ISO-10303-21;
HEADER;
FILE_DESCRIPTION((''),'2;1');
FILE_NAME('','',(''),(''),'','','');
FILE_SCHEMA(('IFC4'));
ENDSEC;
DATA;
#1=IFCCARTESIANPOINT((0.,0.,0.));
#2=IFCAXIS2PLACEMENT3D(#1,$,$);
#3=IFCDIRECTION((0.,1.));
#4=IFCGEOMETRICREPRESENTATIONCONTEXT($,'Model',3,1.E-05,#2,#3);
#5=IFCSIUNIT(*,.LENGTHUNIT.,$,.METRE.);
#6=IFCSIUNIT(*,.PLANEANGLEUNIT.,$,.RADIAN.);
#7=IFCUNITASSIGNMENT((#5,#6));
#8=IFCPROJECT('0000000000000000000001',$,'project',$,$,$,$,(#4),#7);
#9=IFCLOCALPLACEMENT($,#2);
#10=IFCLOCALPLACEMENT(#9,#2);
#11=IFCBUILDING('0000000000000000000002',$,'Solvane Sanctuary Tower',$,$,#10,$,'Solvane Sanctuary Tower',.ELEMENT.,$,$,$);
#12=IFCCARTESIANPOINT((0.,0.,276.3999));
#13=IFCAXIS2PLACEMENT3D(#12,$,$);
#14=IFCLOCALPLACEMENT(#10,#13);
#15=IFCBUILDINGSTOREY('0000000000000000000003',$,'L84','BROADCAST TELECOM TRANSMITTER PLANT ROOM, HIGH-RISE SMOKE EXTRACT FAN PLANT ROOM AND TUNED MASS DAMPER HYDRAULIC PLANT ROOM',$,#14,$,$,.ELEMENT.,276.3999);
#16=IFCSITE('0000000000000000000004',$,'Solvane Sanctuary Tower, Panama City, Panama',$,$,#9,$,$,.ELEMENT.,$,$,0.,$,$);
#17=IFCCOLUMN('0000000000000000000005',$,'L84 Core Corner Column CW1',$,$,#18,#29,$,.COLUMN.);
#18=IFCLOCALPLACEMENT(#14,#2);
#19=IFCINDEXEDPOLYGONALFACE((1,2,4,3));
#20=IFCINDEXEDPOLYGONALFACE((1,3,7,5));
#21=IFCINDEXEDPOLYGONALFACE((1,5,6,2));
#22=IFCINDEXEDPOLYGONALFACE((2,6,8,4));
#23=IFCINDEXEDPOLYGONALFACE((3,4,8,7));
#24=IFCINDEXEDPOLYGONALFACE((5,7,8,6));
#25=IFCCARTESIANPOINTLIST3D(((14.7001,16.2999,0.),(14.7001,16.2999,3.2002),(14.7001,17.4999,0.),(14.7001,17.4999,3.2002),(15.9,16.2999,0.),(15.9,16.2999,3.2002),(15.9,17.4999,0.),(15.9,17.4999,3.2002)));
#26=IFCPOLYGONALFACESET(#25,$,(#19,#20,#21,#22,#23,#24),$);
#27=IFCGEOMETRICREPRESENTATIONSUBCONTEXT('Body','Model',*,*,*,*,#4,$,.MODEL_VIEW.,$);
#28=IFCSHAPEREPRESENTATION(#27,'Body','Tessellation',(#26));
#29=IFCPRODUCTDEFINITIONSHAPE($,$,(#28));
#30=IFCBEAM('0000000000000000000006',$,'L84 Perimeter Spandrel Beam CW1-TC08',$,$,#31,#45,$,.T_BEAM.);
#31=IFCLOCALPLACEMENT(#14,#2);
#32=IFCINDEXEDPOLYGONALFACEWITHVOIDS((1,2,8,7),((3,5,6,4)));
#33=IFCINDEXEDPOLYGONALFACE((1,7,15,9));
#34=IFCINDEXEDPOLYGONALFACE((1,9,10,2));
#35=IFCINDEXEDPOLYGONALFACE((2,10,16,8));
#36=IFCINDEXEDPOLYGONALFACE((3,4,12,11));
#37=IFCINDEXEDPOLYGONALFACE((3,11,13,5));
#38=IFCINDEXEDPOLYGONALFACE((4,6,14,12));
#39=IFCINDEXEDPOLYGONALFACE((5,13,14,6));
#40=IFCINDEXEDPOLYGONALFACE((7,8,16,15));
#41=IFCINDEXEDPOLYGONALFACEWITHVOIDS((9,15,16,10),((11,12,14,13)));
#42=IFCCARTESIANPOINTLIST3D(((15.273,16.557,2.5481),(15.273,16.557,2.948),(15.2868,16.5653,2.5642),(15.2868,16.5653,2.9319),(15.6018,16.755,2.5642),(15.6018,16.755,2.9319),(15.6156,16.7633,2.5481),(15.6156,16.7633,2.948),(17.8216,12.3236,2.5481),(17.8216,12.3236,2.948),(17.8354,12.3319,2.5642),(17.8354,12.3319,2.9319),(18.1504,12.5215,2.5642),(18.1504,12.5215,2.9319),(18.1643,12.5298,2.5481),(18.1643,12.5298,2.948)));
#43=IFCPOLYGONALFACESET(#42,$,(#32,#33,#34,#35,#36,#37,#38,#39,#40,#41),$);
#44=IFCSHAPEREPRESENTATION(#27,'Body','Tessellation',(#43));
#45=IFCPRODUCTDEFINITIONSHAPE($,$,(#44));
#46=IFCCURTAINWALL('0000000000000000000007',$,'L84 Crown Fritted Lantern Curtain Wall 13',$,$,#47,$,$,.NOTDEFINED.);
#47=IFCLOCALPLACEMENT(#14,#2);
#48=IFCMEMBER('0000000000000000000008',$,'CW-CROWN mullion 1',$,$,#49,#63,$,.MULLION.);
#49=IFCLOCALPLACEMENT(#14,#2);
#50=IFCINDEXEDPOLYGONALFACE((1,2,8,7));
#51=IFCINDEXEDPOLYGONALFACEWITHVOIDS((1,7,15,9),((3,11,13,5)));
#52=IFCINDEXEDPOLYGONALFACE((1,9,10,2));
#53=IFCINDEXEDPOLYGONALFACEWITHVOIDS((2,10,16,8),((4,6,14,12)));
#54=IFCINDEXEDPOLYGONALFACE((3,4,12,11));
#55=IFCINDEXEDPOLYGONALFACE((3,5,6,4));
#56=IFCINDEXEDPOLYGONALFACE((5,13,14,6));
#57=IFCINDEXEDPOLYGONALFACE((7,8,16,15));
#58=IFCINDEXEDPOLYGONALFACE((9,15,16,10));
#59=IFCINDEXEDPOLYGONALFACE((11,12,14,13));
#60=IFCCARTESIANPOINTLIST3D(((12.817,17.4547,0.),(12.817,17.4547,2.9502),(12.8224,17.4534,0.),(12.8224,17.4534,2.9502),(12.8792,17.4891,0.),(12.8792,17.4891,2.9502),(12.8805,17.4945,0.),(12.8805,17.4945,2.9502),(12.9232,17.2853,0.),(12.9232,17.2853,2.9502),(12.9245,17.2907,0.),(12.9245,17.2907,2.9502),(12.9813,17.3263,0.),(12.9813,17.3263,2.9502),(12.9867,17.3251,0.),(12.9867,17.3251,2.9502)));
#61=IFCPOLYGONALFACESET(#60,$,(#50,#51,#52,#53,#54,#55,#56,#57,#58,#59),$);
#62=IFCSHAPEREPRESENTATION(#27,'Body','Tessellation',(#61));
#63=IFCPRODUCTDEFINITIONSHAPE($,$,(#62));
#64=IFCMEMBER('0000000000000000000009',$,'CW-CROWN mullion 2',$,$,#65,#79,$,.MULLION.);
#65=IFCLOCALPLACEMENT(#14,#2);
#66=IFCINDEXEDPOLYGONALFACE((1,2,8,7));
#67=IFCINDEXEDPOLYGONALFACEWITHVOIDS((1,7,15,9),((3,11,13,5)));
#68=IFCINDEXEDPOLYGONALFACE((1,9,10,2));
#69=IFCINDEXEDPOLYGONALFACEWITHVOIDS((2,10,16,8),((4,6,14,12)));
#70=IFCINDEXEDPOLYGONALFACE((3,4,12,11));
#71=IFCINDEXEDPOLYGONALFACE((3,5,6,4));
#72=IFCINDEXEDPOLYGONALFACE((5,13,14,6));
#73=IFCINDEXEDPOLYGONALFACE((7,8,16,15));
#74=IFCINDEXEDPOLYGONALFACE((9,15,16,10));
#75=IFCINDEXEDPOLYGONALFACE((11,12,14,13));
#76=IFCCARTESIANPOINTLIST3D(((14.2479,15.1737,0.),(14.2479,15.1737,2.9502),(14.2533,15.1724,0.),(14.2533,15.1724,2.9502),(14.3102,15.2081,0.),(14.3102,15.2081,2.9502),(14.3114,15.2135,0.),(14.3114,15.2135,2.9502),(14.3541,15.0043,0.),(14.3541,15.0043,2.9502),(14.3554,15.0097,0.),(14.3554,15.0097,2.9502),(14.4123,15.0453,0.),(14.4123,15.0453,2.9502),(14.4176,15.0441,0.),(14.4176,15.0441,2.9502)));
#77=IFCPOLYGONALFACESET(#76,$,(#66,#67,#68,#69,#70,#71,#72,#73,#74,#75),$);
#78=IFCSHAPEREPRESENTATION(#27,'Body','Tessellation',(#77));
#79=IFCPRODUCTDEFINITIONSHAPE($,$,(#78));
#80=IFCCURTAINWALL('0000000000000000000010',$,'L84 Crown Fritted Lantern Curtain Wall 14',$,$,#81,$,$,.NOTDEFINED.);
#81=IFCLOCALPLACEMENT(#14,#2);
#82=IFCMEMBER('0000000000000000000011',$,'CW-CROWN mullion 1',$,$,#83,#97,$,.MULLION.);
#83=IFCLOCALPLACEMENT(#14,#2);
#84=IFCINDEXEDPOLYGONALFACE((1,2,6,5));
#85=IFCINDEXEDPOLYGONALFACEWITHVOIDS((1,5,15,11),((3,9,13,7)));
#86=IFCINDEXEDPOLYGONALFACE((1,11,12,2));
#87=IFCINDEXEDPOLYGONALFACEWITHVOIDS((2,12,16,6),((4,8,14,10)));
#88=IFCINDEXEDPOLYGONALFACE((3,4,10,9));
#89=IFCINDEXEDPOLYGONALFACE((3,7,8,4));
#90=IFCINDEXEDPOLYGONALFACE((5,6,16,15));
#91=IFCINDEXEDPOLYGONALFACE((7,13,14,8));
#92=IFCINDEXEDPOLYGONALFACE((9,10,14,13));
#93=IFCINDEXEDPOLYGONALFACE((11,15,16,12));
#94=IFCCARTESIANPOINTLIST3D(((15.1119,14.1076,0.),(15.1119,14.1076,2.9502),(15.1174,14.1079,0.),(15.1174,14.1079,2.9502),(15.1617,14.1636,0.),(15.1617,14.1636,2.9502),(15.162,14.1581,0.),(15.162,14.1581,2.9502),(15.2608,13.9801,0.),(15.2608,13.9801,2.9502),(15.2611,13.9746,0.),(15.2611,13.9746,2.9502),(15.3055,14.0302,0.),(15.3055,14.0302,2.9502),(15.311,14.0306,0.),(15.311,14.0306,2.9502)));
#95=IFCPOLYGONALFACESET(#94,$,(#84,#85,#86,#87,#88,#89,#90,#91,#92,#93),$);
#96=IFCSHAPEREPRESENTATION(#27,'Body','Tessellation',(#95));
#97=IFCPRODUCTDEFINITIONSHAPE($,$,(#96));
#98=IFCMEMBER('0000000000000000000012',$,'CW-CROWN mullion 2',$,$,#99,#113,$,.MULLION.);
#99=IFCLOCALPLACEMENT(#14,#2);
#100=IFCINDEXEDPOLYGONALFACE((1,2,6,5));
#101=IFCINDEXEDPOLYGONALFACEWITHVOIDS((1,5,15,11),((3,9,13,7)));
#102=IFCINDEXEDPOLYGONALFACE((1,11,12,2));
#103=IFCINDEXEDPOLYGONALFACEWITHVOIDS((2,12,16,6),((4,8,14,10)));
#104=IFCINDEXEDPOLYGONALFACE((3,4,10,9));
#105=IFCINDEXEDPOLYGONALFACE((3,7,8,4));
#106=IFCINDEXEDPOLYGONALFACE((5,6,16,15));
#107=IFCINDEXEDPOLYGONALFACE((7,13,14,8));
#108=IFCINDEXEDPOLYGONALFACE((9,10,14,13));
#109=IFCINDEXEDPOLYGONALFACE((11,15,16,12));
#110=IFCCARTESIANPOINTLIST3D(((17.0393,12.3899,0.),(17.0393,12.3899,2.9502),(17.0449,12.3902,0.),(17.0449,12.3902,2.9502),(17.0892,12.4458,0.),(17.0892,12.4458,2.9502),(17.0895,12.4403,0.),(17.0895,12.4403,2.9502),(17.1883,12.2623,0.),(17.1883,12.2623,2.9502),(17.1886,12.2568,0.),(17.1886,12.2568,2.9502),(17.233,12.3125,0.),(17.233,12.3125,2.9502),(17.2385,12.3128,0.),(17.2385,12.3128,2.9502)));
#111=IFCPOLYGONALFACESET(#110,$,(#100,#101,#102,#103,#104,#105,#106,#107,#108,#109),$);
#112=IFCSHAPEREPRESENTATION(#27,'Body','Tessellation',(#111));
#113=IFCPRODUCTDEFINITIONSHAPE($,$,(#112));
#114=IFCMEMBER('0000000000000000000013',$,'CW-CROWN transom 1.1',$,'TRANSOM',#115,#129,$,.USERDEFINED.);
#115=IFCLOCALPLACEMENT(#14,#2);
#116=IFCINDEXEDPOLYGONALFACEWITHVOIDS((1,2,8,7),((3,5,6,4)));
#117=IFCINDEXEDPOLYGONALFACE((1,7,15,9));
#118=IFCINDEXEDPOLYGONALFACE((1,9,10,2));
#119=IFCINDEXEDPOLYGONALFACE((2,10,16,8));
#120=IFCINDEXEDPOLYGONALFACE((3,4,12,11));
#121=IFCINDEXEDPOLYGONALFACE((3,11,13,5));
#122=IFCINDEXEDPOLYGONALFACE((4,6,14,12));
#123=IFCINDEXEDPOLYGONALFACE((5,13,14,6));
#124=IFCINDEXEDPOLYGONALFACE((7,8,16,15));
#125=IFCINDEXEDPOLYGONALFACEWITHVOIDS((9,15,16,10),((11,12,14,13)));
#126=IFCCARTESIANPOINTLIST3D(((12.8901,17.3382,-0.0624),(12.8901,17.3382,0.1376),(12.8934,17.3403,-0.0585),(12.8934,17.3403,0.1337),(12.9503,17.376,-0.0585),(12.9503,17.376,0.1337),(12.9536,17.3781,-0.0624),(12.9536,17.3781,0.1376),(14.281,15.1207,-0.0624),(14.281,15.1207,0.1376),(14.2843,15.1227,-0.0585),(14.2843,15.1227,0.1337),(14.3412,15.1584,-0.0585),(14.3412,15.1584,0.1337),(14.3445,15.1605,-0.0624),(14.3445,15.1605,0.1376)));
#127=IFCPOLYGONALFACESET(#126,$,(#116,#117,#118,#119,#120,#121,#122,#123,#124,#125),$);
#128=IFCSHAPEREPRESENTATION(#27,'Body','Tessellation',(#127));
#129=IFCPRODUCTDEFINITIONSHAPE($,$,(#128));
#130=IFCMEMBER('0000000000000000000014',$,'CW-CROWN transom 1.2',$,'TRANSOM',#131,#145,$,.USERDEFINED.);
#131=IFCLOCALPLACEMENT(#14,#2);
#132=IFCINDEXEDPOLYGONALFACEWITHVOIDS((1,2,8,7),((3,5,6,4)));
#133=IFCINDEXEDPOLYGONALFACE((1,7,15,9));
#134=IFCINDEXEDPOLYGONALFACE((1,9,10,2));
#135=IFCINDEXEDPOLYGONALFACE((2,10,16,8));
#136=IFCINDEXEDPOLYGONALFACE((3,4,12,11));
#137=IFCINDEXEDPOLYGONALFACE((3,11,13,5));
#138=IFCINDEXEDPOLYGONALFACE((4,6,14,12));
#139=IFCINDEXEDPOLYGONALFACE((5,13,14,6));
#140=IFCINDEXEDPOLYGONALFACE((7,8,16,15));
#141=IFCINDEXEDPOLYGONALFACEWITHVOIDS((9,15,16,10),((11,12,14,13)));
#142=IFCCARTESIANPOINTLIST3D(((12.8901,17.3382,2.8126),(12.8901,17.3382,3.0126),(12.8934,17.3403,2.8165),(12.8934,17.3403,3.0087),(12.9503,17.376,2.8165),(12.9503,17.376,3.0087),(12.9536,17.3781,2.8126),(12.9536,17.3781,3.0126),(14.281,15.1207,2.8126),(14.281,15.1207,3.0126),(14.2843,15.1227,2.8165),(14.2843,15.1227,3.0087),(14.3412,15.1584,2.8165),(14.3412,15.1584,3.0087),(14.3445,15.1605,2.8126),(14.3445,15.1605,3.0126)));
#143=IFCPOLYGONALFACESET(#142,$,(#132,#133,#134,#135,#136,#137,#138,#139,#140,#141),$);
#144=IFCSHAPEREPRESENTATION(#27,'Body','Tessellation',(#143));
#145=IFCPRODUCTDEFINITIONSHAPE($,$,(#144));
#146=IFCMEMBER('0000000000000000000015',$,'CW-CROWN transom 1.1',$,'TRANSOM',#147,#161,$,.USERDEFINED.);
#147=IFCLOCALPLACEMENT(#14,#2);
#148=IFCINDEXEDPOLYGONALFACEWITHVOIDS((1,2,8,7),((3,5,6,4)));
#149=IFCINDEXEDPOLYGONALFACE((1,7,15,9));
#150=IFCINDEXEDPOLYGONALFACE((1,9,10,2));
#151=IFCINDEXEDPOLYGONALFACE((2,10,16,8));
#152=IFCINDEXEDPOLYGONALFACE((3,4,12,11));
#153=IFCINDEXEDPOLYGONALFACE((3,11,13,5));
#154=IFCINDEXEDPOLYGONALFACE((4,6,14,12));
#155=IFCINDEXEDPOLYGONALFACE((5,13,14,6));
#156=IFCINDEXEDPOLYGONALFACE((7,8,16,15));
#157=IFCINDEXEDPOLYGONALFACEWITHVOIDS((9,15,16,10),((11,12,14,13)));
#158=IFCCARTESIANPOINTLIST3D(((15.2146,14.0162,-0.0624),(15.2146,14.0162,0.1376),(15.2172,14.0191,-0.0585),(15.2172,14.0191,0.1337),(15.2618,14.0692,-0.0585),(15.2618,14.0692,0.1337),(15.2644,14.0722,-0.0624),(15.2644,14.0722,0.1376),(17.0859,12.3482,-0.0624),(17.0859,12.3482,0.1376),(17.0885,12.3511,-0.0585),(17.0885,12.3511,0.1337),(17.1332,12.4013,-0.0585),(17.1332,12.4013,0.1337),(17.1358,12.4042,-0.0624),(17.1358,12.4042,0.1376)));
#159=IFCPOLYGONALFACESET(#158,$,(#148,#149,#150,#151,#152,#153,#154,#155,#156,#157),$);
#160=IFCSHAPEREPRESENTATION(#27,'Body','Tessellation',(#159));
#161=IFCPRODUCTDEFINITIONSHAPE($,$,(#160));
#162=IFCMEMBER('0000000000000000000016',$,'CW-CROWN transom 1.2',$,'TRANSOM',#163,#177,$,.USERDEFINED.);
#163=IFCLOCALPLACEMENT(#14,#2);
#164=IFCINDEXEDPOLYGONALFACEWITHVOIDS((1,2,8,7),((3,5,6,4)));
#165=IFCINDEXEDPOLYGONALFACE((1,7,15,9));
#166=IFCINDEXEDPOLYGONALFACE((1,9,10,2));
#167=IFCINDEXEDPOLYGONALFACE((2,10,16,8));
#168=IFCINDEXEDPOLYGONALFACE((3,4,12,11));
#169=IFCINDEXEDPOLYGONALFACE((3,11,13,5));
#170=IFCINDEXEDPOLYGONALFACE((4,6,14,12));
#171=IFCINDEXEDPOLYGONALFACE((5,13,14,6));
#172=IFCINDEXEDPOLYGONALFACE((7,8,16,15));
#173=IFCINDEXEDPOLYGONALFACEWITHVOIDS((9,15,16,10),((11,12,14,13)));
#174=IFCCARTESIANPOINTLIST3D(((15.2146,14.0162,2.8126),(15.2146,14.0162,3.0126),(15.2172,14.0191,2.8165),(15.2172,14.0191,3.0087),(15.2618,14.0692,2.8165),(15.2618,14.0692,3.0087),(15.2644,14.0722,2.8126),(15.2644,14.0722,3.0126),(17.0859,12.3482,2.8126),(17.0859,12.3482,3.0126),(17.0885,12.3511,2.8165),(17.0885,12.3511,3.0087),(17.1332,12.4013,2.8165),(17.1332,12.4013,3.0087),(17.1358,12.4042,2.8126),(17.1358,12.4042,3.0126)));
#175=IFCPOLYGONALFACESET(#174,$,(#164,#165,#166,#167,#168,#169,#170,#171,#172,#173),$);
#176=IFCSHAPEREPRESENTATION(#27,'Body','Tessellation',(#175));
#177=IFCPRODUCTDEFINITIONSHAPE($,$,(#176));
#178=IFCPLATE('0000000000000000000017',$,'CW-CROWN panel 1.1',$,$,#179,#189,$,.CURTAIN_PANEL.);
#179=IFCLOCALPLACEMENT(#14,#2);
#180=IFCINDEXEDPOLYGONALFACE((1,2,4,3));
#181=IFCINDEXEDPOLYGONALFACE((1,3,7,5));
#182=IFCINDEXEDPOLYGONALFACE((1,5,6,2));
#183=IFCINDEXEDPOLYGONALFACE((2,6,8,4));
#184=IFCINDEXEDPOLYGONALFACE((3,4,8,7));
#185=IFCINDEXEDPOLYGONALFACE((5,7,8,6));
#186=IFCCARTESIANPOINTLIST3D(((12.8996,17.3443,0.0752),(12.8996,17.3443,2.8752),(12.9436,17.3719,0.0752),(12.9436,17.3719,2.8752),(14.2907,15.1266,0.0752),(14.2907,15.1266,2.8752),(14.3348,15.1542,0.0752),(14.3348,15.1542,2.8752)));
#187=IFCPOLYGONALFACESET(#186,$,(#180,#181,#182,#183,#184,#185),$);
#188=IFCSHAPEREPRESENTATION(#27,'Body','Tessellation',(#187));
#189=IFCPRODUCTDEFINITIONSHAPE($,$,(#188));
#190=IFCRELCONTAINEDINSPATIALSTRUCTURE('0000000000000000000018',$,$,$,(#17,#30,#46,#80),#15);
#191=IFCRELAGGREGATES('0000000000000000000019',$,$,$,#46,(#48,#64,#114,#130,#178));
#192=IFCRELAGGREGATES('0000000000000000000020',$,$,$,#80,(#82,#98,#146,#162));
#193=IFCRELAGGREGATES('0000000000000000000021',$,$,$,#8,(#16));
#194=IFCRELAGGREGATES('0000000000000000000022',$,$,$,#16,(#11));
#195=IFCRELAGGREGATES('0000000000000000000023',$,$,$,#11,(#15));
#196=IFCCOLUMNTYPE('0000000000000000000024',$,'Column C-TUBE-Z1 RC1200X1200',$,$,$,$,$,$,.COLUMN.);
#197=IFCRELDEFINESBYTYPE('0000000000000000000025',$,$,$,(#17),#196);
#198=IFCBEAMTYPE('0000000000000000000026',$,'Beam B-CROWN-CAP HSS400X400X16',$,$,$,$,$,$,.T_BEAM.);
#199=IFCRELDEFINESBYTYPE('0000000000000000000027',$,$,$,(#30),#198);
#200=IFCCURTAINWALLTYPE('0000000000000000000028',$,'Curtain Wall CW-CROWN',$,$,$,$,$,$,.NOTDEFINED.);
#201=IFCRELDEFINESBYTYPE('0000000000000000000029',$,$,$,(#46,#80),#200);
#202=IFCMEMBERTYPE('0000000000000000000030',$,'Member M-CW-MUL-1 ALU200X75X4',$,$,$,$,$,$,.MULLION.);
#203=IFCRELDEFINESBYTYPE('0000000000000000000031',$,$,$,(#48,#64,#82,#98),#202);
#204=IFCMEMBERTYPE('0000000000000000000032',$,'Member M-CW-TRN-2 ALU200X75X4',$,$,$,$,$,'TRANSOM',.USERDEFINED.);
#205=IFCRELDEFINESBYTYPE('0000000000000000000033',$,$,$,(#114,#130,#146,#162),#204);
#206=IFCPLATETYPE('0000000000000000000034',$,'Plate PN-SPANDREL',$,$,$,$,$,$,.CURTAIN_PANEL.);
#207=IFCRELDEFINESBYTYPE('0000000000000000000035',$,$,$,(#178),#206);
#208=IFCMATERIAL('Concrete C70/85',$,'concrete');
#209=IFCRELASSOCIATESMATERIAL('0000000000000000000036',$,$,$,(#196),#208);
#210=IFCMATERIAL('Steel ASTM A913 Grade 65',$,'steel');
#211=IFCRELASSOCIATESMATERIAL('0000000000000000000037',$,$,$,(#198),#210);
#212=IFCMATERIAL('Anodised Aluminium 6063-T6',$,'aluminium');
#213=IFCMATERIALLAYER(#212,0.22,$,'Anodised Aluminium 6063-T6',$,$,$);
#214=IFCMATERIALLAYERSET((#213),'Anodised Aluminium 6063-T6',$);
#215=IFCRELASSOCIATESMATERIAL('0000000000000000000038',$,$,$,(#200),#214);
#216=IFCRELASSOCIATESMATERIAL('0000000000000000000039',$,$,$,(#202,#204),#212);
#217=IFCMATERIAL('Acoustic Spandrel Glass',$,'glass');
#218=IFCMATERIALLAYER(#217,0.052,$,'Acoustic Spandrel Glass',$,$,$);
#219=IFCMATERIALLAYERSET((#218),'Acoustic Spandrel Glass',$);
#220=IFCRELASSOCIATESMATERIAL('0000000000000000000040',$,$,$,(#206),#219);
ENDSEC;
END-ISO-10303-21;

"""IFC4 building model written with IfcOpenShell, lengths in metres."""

from ifc_helpers import new_model, si_unit, direction, frame, origin, origin_2d, place, context, subcontext, project, spatial, rectangle, hollow_rectangle, extrude, material, layer, layer_set, material_profile, profile_set, type_object, element, aggregate, save


model = new_model("IFC4")

# Units and contexts
model_context = context("Model", 3, precision=1e-05, world=origin(), true_north=direction((0.0, 1.0)))
body_context = subcontext(model_context, "Body", "Model", "MODEL_VIEW")
ifc_project = project(units=[si_unit("LENGTHUNIT", "METRE"), si_unit("PLANEANGLEUNIT", "RADIAN")], contexts=[model_context])

# Site, building, storey
site_placement = place(None, origin())
site = spatial("IfcSite", under=ifc_project, at=site_placement, Name="Solvane Sanctuary Tower, Panama City, Panama", CompositionType="ELEMENT", RefElevation=0.0)
building_placement = place(site_placement, origin())
building = spatial("IfcBuilding", under=site, at=building_placement, Name="Solvane Sanctuary Tower", LongName="Solvane Sanctuary Tower", CompositionType="ELEMENT")
storey_placement = place(building_placement, frame((0.0, 0.0, 276.3999)))
storey = spatial("IfcBuildingStorey", under=building, at=storey_placement, Name="L84", Description="BROADCAST TELECOM TRANSMITTER PLANT ROOM, HIGH-RISE SMOKE EXTRACT FAN PLANT ROOM AND TUNED MASS DAMPER HYDRAULIC PLANT ROOM", CompositionType="ELEMENT", Elevation=276.3999)

# Column
ifc_material_1 = material(Name="Concrete C70/85", Category="concrete")
ifc_material_profile_1 = material_profile(ifc_material_1, rectangle(XDim=1.2, YDim=1.2, at=origin_2d()), Name="RC1200X1200")
ifc_profile_set_1 = profile_set([ifc_material_profile_1], Name="Concrete C70/85")
column_type = type_object("IfcColumnType", Name="Column C-TUBE-Z1 RC1200X1200", PredefinedType="COLUMN", material=ifc_profile_set_1)
column_placement = place(storey_placement, frame((15.3, 16.8999, 0.0), z_axis=(0.0, 0.0, 1.0), x_axis=(1.0, 0.0, 0.0)))
element("IfcColumn", 1, at=column_placement, inside=storey, type_object=column_type, Name="L84 Core Corner Column CW1", PredefinedType="COLUMN", context=body_context, shape_type="SweptSolid", body=[
    extrude(rectangle(XDim=1.2, YDim=1.2, at=origin_2d()), origin(), (0.0, 0.0, 1.0), 3.2002),
])

# Beam
ifc_material_2 = material(Name="Steel ASTM A913 Grade 65", Category="steel")
ifc_material_profile_2 = material_profile(ifc_material_2, hollow_rectangle(XDim=0.3999, YDim=0.3999, WallThickness=0.0161, at=origin_2d()), Name="HSS400X400X16")
ifc_profile_set_2 = profile_set([ifc_material_profile_2], Name="Steel ASTM A913 Grade 65")
beam_type = type_object("IfcBeamType", Name="Beam B-CROWN-CAP HSS400X400X16", PredefinedType="T_BEAM", material=ifc_profile_set_2)
beam_placement = place(storey_placement, frame((15.4443, 16.6602, 2.748), z_axis=(0.515767, -0.856729, 0.0), x_axis=(0.856729, 0.515767, 0.0)))
element("IfcBeam", 2, at=beam_placement, inside=storey, type_object=beam_type, Name="L84 Perimeter Spandrel Beam CW1-TC08", PredefinedType="T_BEAM", context=body_context, shape_type="SweptSolid", body=[
    extrude(hollow_rectangle(XDim=0.3999, YDim=0.3999, WallThickness=0.0161, at=origin_2d()), origin(), (0.0, 0.0, 1.0), 4.9414),
])

# Curtain walls, members
ifc_material_3 = material(Name="Anodised Aluminium 6063-T6", Category="aluminium")
ifc_layer_1 = layer(ifc_material_3, 0.22, Name="Anodised Aluminium 6063-T6")
ifc_layer_set_1 = layer_set([ifc_layer_1], Name="Anodised Aluminium 6063-T6")
curtain_wall_type = type_object("IfcCurtainWallType", Name="Curtain Wall CW-CROWN", PredefinedType="NOTDEFINED", material=ifc_layer_set_1)
curtain_wall_1_placement = place(storey_placement, origin())
curtain_wall_1 = element("IfcCurtainWall", 3, at=curtain_wall_1_placement, inside=storey, type_object=curtain_wall_type, Name="L84 Crown Fritted Lantern Curtain Wall 13", PredefinedType="NOTDEFINED")
ifc_material_profile_3 = material_profile(ifc_material_3, hollow_rectangle(XDim=0.075, YDim=0.2, WallThickness=0.0039, at=origin_2d()), Name="ALU200X75X4")
ifc_profile_set_3 = profile_set([ifc_material_profile_3], Name="Anodised Aluminium 6063-T6")
member_type_1 = type_object("IfcMemberType", Name="Member M-CW-MUL-1 ALU200X75X4", PredefinedType="MULLION", material=ifc_profile_set_3)
member_1_placement = place(storey_placement, frame((12.9019, 17.3899, 0.0), z_axis=(0.0, 0.0, 1.0), x_axis=(0.847126, 0.531391, 0.0)))
member_1 = element("IfcMember", 4, at=member_1_placement, type_object=member_type_1, Name="CW-CROWN mullion 1", PredefinedType="MULLION", context=body_context, shape_type="SweptSolid", body=[
    extrude(hollow_rectangle(XDim=0.075, YDim=0.2, WallThickness=0.0039, at=origin_2d()), origin(), (0.0, 0.0, 1.0), 2.9502),
])
member_2_placement = place(storey_placement, frame((14.3328, 15.1089, 0.0), z_axis=(0.0, 0.0, 1.0), x_axis=(0.847126, 0.531391, 0.0)))
member_2 = element("IfcMember", 5, at=member_2_placement, type_object=member_type_1, Name="CW-CROWN mullion 2", PredefinedType="MULLION", context=body_context, shape_type="SweptSolid", body=[
    extrude(hollow_rectangle(XDim=0.075, YDim=0.2, WallThickness=0.0039, at=origin_2d()), origin(), (0.0, 0.0, 1.0), 2.9502),
])
curtain_wall_2_placement = place(storey_placement, origin())
curtain_wall_2 = element("IfcCurtainWall", 6, at=curtain_wall_2_placement, inside=storey, type_object=curtain_wall_type, Name="L84 Crown Fritted Lantern Curtain Wall 14", PredefinedType="NOTDEFINED")
member_3_placement = place(storey_placement, frame((15.2114, 14.0691, 0.0), z_axis=(0.0, 0.0, 1.0), x_axis=(0.665328, 0.746551, 0.0)))
member_3 = element("IfcMember", 7, at=member_3_placement, type_object=member_type_1, Name="CW-CROWN mullion 1", PredefinedType="MULLION", context=body_context, shape_type="SweptSolid", body=[
    extrude(hollow_rectangle(XDim=0.075, YDim=0.2, WallThickness=0.0039, at=origin_2d()), origin(), (0.0, 0.0, 1.0), 2.9502),
])
member_4_placement = place(storey_placement, frame((17.1389, 12.3513, 0.0), z_axis=(0.0, 0.0, 1.0), x_axis=(0.665328, 0.746551, 0.0)))
member_4 = element("IfcMember", 8, at=member_4_placement, type_object=member_type_1, Name="CW-CROWN mullion 2", PredefinedType="MULLION", context=body_context, shape_type="SweptSolid", body=[
    extrude(hollow_rectangle(XDim=0.075, YDim=0.2, WallThickness=0.0039, at=origin_2d()), origin(), (0.0, 0.0, 1.0), 2.9502),
])

# Members
ifc_material_profile_4 = material_profile(ifc_material_3, hollow_rectangle(XDim=0.075, YDim=0.2, WallThickness=0.0039, at=origin_2d()), Name="ALU200X75X4")
ifc_profile_set_4 = profile_set([ifc_material_profile_4], Name="Anodised Aluminium 6063-T6")
member_type_2 = type_object("IfcMemberType", Name="Member M-CW-TRN-2 ALU200X75X4", ElementType="TRANSOM", PredefinedType="USERDEFINED", material=ifc_profile_set_4)
member_5_placement = place(storey_placement, frame((12.9219, 17.3582, 0.0376), z_axis=(0.531348, -0.847154, 0.0), x_axis=(0.847154, 0.531348, 0.0)))
member_5 = element("IfcMember", 9, at=member_5_placement, type_object=member_type_2, Name="CW-CROWN transom 1.1", ObjectType="TRANSOM", PredefinedType="USERDEFINED", context=body_context, shape_type="SweptSolid", body=[
    extrude(hollow_rectangle(XDim=0.075, YDim=0.2, WallThickness=0.0039, at=origin_2d()), origin(), (0.0, 0.0, 1.0), 2.6177),
])
member_6_placement = place(storey_placement, frame((12.9219, 17.3582, 2.9126), z_axis=(0.531348, -0.847154, 0.0), x_axis=(0.847154, 0.531348, 0.0)))
member_6 = element("IfcMember", 10, at=member_6_placement, type_object=member_type_2, Name="CW-CROWN transom 1.2", ObjectType="TRANSOM", PredefinedType="USERDEFINED", context=body_context, shape_type="SweptSolid", body=[
    extrude(hollow_rectangle(XDim=0.075, YDim=0.2, WallThickness=0.0039, at=origin_2d()), origin(), (0.0, 0.0, 1.0), 2.6177),
])
member_7_placement = place(storey_placement, frame((15.2395, 14.0442, 0.0376), z_axis=(0.746506, -0.665379, 0.0), x_axis=(0.665379, 0.746506, 0.0)))
member_7 = element("IfcMember", 11, at=member_7_placement, type_object=member_type_2, Name="CW-CROWN transom 1.1", ObjectType="TRANSOM", PredefinedType="USERDEFINED", context=body_context, shape_type="SweptSolid", body=[
    extrude(hollow_rectangle(XDim=0.075, YDim=0.2, WallThickness=0.0039, at=origin_2d()), origin(), (0.0, 0.0, 1.0), 2.5068),
])
member_8_placement = place(storey_placement, frame((15.2395, 14.0442, 2.9126), z_axis=(0.746506, -0.665379, 0.0), x_axis=(0.665379, 0.746506, 0.0)))
member_8 = element("IfcMember", 12, at=member_8_placement, type_object=member_type_2, Name="CW-CROWN transom 1.2", ObjectType="TRANSOM", PredefinedType="USERDEFINED", context=body_context, shape_type="SweptSolid", body=[
    extrude(hollow_rectangle(XDim=0.075, YDim=0.2, WallThickness=0.0039, at=origin_2d()), origin(), (0.0, 0.0, 1.0), 2.5068),
])

# Plate
ifc_material_4 = material(Name="Acoustic Spandrel Glass", Category="glass")
ifc_layer_2 = layer(ifc_material_4, 0.052, Name="Acoustic Spandrel Glass")
ifc_layer_set_2 = layer_set([ifc_layer_2], Name="Acoustic Spandrel Glass")
plate_type = type_object("IfcPlateType", Name="Plate PN-SPANDREL", PredefinedType="CURTAIN_PANEL", material=ifc_layer_set_2)
plate_1_placement = place(storey_placement, frame((13.6172, 16.2493, 0.0752), z_axis=(0.0, 0.0, 1.0), x_axis=(0.531391, -0.847126, 0.0)))
plate_1 = element("IfcPlate", 13, at=plate_1_placement, type_object=plate_type, Name="CW-CROWN panel 1.1", PredefinedType="CURTAIN_PANEL", context=body_context, shape_type="SweptSolid", body=[
    extrude(rectangle(XDim=2.6179, YDim=0.052, at=origin_2d()), origin(), (0.0, 0.0, 1.0), 2.8),
])
aggregate(curtain_wall_1, [member_1, member_2, member_5, member_6, plate_1])
aggregate(curtain_wall_2, [member_3, member_4, member_7, member_8])

save(model, "model.ifc")
